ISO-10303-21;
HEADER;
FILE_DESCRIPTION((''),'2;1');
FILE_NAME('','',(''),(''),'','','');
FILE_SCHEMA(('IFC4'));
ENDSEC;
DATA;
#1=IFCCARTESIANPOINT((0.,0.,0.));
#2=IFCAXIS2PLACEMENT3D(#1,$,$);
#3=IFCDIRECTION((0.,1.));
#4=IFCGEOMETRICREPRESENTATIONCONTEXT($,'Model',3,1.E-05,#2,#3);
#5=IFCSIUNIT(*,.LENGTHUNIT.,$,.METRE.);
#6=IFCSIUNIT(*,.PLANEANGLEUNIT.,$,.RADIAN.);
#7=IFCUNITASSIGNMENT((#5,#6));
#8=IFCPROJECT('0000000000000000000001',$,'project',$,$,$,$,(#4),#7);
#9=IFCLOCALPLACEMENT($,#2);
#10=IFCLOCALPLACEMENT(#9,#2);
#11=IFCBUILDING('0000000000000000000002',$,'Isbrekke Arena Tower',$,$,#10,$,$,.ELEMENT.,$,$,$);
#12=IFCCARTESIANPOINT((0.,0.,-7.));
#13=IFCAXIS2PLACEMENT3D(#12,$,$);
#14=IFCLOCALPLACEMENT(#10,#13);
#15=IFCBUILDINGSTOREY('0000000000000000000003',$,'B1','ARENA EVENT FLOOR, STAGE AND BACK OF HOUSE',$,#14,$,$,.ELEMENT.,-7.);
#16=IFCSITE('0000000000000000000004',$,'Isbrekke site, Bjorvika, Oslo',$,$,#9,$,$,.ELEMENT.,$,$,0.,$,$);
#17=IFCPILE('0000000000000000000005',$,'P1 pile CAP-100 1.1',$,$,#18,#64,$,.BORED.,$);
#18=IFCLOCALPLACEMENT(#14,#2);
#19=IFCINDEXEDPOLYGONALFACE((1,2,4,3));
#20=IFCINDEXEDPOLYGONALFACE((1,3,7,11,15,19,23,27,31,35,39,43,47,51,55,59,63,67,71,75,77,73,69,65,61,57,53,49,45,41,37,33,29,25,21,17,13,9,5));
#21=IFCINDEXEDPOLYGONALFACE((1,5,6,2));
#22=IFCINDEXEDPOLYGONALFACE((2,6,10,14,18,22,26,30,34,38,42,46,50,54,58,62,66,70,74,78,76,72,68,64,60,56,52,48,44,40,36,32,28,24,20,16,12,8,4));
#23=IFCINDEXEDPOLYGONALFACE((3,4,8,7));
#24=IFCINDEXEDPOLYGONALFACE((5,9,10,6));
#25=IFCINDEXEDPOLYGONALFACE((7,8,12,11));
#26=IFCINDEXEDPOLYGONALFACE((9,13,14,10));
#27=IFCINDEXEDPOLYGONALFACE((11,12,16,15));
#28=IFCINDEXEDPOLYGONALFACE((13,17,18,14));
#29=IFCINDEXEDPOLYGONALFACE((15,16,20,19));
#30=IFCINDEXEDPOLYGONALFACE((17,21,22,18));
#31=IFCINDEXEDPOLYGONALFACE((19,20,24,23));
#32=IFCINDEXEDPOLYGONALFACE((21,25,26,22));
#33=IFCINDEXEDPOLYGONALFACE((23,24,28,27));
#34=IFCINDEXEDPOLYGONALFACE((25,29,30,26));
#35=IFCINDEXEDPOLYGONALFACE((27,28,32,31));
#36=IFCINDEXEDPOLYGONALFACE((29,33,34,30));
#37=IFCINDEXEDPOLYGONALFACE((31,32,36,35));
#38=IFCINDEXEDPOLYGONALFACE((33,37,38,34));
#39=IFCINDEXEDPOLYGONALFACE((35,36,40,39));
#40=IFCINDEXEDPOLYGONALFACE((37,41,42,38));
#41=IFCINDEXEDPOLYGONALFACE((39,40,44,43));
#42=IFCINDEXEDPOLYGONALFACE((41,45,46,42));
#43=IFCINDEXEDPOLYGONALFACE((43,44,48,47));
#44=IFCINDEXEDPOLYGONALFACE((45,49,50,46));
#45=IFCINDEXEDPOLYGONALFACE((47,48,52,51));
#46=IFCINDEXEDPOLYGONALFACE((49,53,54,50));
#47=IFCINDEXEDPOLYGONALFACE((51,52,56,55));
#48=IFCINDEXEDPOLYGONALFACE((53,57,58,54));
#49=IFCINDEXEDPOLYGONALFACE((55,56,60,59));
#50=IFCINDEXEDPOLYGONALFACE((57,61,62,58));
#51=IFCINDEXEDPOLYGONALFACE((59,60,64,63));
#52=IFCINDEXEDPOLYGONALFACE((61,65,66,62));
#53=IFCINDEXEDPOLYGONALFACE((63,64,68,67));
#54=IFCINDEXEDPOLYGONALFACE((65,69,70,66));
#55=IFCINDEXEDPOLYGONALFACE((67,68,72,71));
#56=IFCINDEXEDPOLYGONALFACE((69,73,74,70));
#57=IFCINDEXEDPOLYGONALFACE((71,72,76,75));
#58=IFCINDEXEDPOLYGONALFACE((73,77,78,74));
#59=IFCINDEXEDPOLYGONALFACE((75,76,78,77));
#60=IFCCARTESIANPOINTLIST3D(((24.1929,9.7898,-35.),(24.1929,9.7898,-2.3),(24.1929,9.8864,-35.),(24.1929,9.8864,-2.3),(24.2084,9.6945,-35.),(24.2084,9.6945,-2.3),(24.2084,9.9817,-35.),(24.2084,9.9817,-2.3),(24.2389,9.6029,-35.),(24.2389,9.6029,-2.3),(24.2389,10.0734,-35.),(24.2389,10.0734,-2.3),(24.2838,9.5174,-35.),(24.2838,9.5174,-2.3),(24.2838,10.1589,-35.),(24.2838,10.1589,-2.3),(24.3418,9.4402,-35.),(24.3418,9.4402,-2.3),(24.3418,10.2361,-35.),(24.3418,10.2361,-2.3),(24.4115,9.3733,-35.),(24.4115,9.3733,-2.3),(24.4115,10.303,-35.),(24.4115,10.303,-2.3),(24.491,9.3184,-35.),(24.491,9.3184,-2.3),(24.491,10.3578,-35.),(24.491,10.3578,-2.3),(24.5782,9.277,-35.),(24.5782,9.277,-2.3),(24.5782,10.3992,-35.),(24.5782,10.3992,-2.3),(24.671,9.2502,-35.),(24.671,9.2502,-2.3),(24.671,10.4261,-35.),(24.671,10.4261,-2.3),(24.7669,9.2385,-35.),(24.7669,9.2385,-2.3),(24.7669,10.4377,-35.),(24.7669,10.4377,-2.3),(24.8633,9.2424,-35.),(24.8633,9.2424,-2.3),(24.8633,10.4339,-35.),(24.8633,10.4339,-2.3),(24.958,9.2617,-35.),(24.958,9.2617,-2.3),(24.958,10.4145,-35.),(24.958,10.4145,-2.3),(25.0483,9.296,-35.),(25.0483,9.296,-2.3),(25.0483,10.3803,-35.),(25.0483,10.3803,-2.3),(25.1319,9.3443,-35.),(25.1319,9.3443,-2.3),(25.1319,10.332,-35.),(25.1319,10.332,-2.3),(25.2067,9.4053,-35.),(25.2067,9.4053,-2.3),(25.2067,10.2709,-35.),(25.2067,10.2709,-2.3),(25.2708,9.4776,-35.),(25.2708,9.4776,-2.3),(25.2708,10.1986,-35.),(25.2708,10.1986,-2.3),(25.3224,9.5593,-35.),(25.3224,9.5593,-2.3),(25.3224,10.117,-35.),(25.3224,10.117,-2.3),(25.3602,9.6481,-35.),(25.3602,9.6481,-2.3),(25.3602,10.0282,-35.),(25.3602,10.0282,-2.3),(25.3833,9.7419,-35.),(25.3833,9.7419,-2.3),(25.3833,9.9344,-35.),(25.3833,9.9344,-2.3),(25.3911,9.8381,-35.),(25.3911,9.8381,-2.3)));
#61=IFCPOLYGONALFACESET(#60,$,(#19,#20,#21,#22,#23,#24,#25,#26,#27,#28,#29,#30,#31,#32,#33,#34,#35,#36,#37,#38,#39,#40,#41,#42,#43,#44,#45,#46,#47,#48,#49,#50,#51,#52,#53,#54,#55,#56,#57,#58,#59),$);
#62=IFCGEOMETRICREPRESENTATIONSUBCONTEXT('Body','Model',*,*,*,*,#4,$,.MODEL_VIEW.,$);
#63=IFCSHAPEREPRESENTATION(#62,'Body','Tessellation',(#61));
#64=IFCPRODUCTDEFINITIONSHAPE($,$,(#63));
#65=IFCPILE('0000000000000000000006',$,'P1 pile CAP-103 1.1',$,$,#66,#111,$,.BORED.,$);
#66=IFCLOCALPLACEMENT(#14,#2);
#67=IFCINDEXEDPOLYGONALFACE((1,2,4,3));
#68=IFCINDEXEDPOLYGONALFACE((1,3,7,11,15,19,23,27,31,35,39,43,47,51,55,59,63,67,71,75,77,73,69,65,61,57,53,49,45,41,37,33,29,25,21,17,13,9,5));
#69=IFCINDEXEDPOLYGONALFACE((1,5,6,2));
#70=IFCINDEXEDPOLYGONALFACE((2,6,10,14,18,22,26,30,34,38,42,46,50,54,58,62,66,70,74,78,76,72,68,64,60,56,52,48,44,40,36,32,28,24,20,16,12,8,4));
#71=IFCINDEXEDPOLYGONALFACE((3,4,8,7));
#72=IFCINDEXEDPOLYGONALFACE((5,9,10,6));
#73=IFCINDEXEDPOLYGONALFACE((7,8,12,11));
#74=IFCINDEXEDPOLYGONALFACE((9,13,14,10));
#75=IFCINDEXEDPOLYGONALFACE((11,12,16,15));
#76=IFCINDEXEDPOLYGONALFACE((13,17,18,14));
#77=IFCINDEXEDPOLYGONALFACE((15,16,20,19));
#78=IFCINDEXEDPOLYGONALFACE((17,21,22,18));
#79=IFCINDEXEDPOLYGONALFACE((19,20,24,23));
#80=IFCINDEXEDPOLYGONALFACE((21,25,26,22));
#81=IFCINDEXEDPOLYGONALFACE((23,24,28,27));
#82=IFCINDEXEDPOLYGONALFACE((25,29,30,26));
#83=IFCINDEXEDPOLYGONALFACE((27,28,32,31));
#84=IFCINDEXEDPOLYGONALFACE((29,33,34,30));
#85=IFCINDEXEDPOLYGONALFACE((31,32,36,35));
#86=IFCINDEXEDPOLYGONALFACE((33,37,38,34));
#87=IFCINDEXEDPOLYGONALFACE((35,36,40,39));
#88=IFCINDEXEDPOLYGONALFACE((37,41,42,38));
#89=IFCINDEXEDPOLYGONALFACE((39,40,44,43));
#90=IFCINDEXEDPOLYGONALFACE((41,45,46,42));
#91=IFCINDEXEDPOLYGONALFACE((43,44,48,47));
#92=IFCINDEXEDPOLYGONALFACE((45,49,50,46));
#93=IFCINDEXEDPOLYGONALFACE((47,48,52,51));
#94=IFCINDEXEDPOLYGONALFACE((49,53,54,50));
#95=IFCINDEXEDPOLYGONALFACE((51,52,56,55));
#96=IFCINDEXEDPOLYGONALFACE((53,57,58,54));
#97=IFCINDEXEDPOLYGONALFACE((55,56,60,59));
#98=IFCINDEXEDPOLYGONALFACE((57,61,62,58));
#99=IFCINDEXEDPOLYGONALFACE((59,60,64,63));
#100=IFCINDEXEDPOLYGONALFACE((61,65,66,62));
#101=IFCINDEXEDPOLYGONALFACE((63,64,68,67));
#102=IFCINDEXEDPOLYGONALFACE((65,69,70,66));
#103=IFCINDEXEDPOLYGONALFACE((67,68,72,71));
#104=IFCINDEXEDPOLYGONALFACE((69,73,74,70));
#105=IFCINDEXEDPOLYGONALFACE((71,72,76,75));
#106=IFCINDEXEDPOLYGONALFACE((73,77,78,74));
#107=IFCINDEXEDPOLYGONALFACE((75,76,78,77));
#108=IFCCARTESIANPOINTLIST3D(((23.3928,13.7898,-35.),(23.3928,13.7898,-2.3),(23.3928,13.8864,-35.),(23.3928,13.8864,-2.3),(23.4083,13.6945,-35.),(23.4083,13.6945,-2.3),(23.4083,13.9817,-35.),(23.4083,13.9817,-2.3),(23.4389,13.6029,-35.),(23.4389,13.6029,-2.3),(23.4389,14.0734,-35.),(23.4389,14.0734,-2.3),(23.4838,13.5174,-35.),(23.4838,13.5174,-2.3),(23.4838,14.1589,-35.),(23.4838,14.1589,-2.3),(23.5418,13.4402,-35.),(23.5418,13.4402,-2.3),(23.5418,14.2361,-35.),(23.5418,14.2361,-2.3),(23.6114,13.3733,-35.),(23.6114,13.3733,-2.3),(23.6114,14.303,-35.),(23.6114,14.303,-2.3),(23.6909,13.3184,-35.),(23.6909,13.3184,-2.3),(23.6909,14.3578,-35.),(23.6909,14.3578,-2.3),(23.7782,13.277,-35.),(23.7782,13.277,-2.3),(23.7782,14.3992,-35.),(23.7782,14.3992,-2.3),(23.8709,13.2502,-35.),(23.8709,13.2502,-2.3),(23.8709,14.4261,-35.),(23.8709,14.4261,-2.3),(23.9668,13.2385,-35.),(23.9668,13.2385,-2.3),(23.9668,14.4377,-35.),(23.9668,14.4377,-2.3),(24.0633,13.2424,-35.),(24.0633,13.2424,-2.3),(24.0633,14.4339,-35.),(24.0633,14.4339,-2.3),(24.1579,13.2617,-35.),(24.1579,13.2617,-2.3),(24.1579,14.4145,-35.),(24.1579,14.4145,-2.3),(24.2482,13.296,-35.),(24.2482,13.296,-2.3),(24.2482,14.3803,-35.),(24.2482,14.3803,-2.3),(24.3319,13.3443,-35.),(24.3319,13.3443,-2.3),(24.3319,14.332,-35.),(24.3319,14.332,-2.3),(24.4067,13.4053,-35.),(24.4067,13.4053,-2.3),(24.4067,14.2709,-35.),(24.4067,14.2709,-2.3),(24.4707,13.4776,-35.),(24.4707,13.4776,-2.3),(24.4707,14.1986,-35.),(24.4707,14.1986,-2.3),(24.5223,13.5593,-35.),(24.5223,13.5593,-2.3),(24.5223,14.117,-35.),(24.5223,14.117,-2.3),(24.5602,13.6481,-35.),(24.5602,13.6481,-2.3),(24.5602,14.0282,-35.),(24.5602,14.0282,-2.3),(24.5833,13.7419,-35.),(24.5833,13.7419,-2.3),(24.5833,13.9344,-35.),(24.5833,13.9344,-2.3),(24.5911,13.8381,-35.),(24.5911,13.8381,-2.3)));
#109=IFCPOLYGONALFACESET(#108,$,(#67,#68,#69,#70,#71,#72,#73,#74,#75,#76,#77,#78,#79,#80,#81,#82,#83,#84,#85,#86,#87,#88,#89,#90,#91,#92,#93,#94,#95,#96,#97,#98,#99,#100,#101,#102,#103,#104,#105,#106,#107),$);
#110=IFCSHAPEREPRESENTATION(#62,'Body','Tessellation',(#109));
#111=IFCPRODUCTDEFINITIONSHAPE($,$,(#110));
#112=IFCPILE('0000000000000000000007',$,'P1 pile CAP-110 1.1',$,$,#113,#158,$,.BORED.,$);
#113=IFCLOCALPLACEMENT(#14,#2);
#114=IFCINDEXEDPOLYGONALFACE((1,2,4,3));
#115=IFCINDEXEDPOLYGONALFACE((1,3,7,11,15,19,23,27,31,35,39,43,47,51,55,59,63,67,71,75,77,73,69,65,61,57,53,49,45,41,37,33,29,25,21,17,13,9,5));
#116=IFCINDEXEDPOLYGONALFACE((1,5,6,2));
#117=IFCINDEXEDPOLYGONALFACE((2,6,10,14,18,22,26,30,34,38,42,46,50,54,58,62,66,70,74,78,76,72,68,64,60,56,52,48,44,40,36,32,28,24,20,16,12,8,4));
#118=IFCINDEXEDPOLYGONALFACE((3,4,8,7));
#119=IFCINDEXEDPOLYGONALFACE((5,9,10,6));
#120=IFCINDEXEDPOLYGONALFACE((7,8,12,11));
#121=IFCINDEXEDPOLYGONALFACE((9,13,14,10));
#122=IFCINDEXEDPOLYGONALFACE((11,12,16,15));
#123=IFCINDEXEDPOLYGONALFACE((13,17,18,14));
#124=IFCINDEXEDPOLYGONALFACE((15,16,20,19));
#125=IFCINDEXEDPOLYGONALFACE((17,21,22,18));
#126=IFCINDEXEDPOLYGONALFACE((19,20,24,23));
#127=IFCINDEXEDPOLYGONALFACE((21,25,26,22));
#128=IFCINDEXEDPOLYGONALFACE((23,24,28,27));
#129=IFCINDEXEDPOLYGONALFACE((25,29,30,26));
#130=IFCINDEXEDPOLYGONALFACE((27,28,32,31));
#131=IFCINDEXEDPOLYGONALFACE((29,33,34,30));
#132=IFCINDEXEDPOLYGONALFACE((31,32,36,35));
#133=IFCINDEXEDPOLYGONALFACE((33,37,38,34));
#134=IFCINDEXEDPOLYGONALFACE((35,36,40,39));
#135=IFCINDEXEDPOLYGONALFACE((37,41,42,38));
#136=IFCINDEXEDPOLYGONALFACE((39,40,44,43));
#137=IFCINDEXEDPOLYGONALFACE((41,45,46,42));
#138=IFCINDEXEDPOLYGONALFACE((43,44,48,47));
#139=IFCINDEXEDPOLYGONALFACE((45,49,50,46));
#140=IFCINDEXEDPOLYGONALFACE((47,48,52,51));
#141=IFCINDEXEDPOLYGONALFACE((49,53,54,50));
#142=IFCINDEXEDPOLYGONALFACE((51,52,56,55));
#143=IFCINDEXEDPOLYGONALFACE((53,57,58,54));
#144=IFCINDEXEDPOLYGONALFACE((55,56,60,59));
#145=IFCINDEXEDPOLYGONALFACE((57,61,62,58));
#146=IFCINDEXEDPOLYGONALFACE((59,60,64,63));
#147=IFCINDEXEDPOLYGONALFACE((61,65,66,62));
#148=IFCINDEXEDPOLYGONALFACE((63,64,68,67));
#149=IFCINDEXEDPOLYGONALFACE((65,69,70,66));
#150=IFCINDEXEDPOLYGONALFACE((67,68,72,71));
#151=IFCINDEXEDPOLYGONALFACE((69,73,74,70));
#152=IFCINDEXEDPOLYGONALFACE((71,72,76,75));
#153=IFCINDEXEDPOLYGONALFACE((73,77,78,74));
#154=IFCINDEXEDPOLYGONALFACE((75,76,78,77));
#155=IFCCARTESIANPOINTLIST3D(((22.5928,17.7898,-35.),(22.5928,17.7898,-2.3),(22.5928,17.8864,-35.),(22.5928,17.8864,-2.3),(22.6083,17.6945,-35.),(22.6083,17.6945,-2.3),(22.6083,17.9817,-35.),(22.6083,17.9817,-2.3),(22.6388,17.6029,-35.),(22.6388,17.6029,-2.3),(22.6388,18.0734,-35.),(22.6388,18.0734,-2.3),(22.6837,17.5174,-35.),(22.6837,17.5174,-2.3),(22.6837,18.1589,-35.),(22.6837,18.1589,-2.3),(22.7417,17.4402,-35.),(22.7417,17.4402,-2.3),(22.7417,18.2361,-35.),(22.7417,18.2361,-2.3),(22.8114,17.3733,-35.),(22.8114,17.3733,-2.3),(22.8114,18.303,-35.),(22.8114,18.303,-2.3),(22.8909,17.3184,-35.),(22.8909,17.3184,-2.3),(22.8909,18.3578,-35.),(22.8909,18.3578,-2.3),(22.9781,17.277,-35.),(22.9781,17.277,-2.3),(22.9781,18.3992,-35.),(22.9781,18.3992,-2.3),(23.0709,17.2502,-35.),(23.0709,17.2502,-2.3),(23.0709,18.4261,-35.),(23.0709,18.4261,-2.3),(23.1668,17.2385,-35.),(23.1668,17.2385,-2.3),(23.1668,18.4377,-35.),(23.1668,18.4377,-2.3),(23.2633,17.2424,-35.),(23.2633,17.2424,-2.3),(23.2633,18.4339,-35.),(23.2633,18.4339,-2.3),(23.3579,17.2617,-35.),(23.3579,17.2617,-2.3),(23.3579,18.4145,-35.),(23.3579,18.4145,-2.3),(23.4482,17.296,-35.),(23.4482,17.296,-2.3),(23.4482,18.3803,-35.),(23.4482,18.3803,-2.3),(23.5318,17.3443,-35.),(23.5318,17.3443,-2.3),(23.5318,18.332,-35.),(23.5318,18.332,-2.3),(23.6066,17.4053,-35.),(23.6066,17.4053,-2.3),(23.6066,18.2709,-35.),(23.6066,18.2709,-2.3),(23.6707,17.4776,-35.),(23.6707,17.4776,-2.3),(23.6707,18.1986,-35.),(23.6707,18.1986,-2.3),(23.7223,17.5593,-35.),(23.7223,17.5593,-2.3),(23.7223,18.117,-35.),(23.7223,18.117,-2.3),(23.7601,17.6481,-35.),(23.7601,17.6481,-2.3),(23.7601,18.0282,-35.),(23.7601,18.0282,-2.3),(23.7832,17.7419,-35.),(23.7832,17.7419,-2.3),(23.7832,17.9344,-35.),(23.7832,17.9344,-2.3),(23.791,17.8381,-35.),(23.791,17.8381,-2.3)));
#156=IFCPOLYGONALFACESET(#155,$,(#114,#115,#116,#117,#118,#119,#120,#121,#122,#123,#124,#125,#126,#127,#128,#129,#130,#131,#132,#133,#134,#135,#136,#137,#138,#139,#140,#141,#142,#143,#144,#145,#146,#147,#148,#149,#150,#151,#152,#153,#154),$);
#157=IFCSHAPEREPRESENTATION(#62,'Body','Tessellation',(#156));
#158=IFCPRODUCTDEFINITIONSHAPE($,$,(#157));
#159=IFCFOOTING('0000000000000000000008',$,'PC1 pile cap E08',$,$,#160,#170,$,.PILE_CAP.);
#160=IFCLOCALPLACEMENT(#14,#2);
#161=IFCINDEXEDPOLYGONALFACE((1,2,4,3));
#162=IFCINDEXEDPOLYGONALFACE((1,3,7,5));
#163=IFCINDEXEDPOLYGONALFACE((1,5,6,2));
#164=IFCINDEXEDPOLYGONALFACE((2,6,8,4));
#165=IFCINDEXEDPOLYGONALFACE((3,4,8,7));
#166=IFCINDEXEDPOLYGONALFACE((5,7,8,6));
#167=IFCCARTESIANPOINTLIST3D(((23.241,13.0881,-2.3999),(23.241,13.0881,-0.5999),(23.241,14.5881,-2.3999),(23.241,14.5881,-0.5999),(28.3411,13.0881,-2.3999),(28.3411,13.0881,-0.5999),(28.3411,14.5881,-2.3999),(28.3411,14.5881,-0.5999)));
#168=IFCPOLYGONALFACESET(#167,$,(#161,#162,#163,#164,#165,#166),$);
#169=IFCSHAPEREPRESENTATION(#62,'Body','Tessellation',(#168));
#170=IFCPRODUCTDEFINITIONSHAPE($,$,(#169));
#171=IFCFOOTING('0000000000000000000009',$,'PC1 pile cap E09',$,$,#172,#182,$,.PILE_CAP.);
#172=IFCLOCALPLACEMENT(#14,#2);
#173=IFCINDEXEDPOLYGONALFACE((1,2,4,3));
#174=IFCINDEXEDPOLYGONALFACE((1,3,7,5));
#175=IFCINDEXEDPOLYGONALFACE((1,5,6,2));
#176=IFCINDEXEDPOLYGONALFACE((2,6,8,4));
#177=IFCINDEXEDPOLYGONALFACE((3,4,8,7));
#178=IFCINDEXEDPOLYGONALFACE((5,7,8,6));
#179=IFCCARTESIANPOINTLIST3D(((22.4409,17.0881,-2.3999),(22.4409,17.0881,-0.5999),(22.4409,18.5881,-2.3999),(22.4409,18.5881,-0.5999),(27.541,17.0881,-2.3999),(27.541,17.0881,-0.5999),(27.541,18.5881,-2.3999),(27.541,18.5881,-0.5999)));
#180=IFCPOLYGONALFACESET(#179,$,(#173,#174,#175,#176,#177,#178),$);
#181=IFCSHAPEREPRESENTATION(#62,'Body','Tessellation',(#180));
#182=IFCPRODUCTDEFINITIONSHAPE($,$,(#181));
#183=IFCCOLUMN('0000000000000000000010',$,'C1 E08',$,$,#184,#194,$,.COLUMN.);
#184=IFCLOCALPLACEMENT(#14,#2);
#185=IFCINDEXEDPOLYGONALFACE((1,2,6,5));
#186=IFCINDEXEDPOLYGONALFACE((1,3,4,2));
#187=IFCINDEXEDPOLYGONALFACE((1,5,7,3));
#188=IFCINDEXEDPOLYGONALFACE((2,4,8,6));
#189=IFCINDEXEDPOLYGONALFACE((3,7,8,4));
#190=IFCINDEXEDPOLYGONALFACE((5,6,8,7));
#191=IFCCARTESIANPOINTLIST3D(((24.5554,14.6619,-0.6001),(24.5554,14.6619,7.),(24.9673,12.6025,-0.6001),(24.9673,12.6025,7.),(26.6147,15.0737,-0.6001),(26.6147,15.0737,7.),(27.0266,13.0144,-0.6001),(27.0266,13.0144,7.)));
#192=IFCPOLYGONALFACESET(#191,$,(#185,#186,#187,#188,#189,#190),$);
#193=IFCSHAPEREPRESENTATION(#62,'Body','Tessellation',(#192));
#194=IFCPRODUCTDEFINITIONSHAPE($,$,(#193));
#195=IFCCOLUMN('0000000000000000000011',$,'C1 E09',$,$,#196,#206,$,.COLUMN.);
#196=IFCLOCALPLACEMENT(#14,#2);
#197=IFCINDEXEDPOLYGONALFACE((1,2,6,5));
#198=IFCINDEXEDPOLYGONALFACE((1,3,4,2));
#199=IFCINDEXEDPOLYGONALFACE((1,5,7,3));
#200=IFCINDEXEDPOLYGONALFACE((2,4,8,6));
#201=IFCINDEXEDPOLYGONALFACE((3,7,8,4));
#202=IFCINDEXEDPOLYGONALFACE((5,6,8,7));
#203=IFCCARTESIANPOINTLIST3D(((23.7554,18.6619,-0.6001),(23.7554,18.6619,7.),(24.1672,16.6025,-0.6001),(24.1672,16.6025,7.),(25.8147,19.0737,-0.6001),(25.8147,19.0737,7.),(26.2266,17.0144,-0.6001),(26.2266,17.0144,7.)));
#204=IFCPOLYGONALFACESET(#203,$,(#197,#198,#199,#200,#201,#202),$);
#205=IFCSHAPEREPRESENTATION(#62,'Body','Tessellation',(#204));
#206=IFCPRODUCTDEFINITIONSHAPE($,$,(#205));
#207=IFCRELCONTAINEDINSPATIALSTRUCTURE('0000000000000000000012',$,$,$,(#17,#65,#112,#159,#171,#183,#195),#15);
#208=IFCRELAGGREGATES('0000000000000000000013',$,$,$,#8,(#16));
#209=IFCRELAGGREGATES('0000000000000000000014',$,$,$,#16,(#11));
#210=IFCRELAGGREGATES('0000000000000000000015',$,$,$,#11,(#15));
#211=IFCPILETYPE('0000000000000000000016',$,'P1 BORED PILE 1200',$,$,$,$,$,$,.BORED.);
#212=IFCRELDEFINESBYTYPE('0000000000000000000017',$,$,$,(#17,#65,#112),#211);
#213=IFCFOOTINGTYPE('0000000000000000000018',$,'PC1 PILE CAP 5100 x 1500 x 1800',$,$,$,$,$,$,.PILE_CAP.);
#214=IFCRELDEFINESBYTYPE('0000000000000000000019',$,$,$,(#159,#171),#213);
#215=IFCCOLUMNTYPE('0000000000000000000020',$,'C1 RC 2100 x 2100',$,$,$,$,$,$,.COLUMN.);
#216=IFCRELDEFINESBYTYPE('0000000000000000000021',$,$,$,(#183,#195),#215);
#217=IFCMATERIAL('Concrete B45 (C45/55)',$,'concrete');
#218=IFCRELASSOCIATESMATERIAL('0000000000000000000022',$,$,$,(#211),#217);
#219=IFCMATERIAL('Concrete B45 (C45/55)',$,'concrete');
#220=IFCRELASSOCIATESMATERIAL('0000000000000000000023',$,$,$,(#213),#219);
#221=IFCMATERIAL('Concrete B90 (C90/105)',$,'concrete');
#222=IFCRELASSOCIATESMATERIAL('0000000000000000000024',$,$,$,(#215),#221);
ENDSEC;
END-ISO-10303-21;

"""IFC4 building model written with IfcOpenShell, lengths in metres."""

from ifc_helpers import new_model, si_unit, direction, frame, origin, origin_2d, place, context, subcontext, project, spatial, rectangle, circle, extrude, material, material_profile, profile_set, type_object, element, save


model = new_model("IFC4")

# Units and contexts
model_context = context("Model", 3, precision=1e-05, world=origin(), true_north=direction((0.0, 1.0)))
body_context = subcontext(model_context, "Body", "Model", "MODEL_VIEW")
ifc_project = project(units=[si_unit("LENGTHUNIT", "METRE"), si_unit("PLANEANGLEUNIT", "RADIAN")], contexts=[model_context])

# Site, building, storey
site_placement = place(None, origin())
site = spatial("IfcSite", under=ifc_project, at=site_placement, Name="Isbrekke site, Bjorvika, Oslo", CompositionType="ELEMENT", RefElevation=0.0)
building_placement = place(site_placement, origin())
building = spatial("IfcBuilding", under=site, at=building_placement, Name="Isbrekke Arena Tower", CompositionType="ELEMENT")
storey_placement = place(building_placement, frame((0.0, 0.0, -7.0)))
storey = spatial("IfcBuildingStorey", under=building, at=storey_placement, Name="B1", Description="ARENA EVENT FLOOR, STAGE AND BACK OF HOUSE", CompositionType="ELEMENT", Elevation=-7.0)

# Piles
ifc_material_1 = material(Name="Concrete B45 (C45/55)", Category="concrete")
ifc_material_profile_1 = material_profile(ifc_material_1, circle(Radius=0.6001, at=origin_2d()), Name="BORED PILE D1200")
ifc_profile_set_1 = profile_set([ifc_material_profile_1], Name="Concrete B45 (C45/55)")
pile_type = type_object("IfcPileType", Name="P1 BORED PILE 1200", PredefinedType="BORED", material=ifc_profile_set_1)
for number, where, z_axis, x_axis, name in (
    (1, (24.791, 9.8381, -2.3), (0.0, 0.0, -1.0), (1.0, 0.0, 0.0), "P1 pile CAP-100 1.1"),
    (2, (23.991, 13.8381, -2.3), (0.0, 0.0, -1.0), (1.0, 0.0, 0.0), "P1 pile CAP-103 1.1"),
    (3, (23.1909, 17.8381, -2.3), (0.0, 0.0, -1.0), (1.0, 0.0, 0.0), "P1 pile CAP-110 1.1"),
):
    element("IfcPile", number, at=place(storey_placement, frame(where, z_axis=z_axis, x_axis=x_axis)), inside=storey, type_object=pile_type, Name=name, PredefinedType="BORED", context=body_context, shape_type="SweptSolid", body=[
        extrude(circle(Radius=0.6001, at=origin_2d()), origin(), (0.0, 0.0, 1.0), 32.7),
    ])

# Footings
ifc_material_2 = material(Name="Concrete B45 (C45/55)", Category="concrete")
footing_type = type_object("IfcFootingType", Name="PC1 PILE CAP 5100 x 1500 x 1800", PredefinedType="PILE_CAP", material=ifc_material_2)
for number, where, z_axis, x_axis, name in (
    (4, (25.791, 13.8381, -2.3999), (0.0, 0.0, 1.0), (1.0, 0.0, 0.0), "PC1 pile cap E08"),
    (5, (24.991, 17.8381, -2.3999), (0.0, 0.0, 1.0), (1.0, 0.0, 0.0), "PC1 pile cap E09"),
):
    element("IfcFooting", number, at=place(storey_placement, frame(where, z_axis=z_axis, x_axis=x_axis)), inside=storey, type_object=footing_type, Name=name, PredefinedType="PILE_CAP", context=body_context, shape_type="SweptSolid", body=[
        extrude(rectangle(XDim=5.1001, YDim=1.5, at=origin_2d()), origin(), (0.0, 0.0, 1.0), 1.8),
    ])

# Columns
ifc_material_3 = material(Name="Concrete B90 (C90/105)", Category="concrete")
ifc_material_profile_2 = material_profile(ifc_material_3, rectangle(XDim=2.1001, YDim=2.1001, at=origin_2d()), Name="RC 2100x2100")
ifc_profile_set_2 = profile_set([ifc_material_profile_2], Name="Concrete B90 (C90/105)")
column_type_1 = type_object("IfcColumnType", Name="C1 RC 2100 x 2100", PredefinedType="COLUMN", material=ifc_profile_set_2)
for number, where, z_axis, x_axis, name in (
    (6, (25.791, 13.8381, -0.6001), (0.0, 0.0, 1.0), (-0.196116, 0.980581, 0.0), "C1 E08"),
    (7, (24.991, 17.8381, -0.6001), (0.0, 0.0, 1.0), (-0.196116, 0.980581, 0.0), "C1 E09"),
):
    element("IfcColumn", number, at=place(storey_placement, frame(where, z_axis=z_axis, x_axis=x_axis)), inside=storey, type_object=column_type_1, Name=name, PredefinedType="COLUMN", context=body_context, shape_type="SweptSolid", body=[
        extrude(rectangle(XDim=2.1001, YDim=2.1001, at=origin_2d()), origin(), (0.0, 0.0, 1.0), 7.6001),
    ])

save(model, "model.ifc")
